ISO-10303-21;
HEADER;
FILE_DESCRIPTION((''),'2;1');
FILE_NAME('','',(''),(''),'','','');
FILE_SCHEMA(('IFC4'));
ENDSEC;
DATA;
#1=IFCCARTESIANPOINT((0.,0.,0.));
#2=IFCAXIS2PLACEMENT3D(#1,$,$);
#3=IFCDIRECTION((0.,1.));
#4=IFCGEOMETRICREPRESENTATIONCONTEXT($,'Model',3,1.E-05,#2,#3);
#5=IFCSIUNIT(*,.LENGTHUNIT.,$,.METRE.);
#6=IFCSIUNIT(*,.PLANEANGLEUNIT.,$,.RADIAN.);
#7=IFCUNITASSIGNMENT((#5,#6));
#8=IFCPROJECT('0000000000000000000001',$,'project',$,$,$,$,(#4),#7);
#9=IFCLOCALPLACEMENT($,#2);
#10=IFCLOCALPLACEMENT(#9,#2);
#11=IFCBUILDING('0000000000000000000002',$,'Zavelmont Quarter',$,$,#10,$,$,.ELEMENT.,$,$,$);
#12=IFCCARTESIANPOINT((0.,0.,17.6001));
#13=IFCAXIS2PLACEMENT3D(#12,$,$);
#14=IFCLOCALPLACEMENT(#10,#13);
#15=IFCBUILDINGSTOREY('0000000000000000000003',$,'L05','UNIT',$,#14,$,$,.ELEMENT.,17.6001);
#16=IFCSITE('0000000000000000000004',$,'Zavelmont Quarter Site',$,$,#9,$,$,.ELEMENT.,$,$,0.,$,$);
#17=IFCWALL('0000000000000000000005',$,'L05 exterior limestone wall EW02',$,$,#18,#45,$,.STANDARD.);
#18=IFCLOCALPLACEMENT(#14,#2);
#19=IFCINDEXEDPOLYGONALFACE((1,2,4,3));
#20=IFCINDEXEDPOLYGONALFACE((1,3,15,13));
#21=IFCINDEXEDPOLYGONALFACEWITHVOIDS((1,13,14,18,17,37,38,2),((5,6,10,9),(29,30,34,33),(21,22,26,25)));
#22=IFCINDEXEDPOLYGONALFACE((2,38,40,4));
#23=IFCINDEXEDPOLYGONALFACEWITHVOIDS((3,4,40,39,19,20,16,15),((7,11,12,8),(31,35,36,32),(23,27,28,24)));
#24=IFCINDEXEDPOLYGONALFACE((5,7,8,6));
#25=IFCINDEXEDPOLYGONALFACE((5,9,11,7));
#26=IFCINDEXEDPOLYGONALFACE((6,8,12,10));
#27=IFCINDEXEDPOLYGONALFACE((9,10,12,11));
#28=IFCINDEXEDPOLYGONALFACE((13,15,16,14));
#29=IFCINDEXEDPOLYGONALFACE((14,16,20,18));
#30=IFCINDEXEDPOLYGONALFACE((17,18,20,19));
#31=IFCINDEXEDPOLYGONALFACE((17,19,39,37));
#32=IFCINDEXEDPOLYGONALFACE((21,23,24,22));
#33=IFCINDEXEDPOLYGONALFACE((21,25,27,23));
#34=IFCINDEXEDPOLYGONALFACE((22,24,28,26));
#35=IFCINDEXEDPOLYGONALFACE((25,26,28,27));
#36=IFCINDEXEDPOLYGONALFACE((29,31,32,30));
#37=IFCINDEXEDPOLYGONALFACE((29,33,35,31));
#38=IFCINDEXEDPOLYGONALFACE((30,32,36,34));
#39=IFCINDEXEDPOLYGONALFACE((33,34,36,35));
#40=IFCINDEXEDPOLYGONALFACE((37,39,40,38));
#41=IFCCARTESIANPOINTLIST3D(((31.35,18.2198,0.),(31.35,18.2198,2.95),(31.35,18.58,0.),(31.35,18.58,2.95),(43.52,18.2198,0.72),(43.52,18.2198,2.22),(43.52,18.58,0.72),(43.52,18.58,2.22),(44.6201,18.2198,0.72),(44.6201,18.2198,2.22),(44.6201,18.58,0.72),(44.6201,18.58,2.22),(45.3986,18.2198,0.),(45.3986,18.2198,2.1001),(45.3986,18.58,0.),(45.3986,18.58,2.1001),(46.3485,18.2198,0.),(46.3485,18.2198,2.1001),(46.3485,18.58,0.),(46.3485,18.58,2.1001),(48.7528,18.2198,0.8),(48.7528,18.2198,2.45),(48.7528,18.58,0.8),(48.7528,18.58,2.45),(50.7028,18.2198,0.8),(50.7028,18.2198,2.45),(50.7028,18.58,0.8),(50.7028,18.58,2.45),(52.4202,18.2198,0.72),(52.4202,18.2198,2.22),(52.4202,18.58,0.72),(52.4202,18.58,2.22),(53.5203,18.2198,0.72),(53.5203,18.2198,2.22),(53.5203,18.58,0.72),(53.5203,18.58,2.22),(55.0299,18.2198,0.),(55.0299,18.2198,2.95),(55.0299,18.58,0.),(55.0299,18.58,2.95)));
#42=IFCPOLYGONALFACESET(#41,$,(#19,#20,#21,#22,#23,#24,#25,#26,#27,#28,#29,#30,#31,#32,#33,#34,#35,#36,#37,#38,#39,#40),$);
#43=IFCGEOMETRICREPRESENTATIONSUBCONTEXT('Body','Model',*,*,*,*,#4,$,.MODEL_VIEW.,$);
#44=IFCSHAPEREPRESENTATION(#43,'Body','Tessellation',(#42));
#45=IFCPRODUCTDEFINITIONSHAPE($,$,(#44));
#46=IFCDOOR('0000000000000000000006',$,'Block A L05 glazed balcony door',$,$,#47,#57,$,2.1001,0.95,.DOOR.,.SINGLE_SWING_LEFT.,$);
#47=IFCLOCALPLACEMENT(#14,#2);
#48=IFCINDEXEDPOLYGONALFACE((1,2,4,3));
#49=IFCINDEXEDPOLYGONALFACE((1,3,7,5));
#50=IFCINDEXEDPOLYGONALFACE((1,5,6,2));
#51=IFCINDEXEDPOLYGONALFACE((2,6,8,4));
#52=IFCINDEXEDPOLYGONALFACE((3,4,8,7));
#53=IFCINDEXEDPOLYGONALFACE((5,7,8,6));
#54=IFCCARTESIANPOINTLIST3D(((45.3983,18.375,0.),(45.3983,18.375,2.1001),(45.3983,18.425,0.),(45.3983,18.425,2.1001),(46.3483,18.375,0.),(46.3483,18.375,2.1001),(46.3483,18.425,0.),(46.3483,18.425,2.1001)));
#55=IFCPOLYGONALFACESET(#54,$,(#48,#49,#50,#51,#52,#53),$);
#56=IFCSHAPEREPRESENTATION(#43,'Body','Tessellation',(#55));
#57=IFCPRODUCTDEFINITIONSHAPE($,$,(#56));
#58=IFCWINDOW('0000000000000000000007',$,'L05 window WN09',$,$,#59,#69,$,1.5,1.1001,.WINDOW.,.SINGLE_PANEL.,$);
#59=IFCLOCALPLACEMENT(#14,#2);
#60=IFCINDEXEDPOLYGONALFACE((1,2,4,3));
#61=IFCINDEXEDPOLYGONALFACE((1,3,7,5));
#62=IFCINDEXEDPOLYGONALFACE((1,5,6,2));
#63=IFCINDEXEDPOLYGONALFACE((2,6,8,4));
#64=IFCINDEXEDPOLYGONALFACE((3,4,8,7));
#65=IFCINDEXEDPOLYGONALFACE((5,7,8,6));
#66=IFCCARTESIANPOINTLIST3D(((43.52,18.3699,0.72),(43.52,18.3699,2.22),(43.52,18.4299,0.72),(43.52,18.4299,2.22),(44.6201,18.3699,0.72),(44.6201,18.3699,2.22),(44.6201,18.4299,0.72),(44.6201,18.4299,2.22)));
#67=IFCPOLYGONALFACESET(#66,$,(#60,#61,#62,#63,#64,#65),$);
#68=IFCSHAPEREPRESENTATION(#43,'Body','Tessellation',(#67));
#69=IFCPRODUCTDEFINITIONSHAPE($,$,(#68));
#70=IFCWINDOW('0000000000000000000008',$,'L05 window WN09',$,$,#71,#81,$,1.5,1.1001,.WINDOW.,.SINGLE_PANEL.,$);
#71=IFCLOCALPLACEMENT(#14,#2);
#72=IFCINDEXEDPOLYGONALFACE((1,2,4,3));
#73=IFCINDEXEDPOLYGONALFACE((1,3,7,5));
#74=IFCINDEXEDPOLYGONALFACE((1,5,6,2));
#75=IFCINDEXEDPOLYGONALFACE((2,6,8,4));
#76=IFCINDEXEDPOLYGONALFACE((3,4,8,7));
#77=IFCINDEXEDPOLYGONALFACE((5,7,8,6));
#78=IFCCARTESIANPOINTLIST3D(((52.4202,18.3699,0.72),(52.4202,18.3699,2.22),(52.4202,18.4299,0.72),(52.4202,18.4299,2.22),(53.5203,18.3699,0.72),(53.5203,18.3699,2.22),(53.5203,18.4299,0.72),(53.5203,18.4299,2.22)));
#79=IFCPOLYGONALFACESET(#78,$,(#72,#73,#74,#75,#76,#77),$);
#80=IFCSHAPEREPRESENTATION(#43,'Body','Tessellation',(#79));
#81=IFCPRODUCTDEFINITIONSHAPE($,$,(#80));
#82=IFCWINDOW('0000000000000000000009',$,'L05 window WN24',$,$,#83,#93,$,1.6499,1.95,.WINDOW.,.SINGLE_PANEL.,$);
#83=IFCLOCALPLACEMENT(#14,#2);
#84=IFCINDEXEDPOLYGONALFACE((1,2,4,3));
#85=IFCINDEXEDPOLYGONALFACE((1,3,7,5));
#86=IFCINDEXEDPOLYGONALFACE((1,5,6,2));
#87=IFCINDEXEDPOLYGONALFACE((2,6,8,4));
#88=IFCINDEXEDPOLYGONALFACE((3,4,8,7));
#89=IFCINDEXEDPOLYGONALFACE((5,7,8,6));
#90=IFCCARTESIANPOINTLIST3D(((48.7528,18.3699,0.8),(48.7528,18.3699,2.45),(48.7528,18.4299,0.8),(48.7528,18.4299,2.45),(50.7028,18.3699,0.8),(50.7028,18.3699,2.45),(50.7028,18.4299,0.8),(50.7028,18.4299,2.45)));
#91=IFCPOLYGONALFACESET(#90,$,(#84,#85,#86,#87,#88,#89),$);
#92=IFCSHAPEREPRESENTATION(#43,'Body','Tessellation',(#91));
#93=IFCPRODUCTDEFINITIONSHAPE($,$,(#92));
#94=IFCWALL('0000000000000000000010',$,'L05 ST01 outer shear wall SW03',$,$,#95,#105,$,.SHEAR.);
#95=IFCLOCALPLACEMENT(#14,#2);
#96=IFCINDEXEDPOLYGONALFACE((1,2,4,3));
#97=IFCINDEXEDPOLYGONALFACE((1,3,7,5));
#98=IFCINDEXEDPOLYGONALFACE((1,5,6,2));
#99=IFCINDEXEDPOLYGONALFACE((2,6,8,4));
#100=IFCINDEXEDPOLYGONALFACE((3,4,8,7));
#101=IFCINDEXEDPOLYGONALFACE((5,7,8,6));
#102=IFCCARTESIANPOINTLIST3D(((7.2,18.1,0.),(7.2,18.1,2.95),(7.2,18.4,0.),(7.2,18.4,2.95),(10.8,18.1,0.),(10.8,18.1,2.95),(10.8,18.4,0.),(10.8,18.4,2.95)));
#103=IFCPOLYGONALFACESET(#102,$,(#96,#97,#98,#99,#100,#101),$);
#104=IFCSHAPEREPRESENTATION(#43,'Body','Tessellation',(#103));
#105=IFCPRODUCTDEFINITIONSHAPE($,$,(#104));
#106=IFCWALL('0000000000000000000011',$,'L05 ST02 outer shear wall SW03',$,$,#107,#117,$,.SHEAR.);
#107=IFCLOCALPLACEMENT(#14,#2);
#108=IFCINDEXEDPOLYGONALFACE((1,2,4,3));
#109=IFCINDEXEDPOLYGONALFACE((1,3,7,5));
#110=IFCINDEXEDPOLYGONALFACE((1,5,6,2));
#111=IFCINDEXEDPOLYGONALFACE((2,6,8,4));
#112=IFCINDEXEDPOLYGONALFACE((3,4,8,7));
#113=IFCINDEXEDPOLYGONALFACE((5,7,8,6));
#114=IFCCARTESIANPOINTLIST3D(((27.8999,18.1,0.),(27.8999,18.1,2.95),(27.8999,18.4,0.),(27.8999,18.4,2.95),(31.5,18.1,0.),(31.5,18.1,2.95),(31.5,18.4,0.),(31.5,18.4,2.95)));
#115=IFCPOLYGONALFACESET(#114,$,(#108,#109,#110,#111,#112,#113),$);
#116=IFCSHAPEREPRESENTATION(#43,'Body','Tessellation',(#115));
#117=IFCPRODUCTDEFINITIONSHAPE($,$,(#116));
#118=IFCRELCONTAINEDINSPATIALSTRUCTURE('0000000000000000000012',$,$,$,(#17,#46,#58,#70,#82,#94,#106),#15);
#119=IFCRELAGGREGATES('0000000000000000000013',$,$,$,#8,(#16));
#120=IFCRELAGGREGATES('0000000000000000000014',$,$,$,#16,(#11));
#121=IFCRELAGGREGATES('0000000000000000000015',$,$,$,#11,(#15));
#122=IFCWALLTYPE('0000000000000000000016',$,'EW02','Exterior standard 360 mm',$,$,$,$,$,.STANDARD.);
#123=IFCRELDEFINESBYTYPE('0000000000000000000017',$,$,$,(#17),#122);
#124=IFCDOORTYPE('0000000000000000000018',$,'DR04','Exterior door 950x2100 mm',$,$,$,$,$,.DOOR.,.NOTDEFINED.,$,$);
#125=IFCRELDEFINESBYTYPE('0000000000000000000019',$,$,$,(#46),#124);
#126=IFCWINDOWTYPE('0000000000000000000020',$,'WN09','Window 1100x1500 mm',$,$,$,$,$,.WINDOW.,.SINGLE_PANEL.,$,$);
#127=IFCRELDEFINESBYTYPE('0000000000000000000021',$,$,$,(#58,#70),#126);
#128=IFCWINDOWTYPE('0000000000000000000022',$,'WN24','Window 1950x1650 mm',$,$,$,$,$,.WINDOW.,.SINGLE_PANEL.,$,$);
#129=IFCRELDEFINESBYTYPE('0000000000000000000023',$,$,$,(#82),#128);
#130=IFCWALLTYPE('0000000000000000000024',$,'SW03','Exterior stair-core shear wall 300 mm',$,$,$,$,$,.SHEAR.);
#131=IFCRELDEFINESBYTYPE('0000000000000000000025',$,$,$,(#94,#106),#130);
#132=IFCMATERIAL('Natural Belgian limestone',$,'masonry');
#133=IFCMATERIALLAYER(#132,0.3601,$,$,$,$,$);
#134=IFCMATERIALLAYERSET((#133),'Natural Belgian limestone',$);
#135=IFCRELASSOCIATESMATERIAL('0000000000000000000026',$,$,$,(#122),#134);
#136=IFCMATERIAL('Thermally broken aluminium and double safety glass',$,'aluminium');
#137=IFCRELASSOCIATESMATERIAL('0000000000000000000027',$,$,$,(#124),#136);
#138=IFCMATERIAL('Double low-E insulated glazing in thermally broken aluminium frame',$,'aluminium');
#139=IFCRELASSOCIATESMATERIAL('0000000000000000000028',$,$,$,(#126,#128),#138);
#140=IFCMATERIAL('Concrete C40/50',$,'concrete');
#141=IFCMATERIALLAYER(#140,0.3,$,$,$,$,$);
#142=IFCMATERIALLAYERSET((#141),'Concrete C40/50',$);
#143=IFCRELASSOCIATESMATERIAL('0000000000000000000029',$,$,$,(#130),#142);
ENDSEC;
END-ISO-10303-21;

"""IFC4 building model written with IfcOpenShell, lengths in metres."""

from ifc_helpers import new_model, si_unit, direction, frame, frame_2d, origin, origin_with_axes, place, context, subcontext, project, spatial, rectangle, extrude, material, layer, layer_set, type_object, element, fill, save


model = new_model("IFC4")

# Units and contexts
model_context = context("Model", 3, precision=1e-05, world=origin(), true_north=direction((0.0, 1.0)))
body_context = subcontext(model_context, "Body", "Model", "MODEL_VIEW")
ifc_project = project(units=[si_unit("LENGTHUNIT", "METRE"), si_unit("PLANEANGLEUNIT", "RADIAN")], contexts=[model_context])

# Site, building, storey
site_placement = place(None, origin())
site = spatial("IfcSite", under=ifc_project, at=site_placement, Name="Zavelmont Quarter Site", CompositionType="ELEMENT", RefElevation=0.0)
building_placement = place(site_placement, origin())
building = spatial("IfcBuilding", under=site, at=building_placement, Name="Zavelmont Quarter", CompositionType="ELEMENT")
storey_placement = place(building_placement, frame((0.0, 0.0, 17.6001)))
storey = spatial("IfcBuildingStorey", under=building, at=storey_placement, Name="L05", Description="UNIT", CompositionType="ELEMENT", Elevation=17.6001)

# Shared definitions
ifc_material_1 = material(Name="Concrete C40/50", Category="concrete")

# Shared definitions
ifc_material_2 = material(Name="Natural Belgian limestone", Category="masonry")
ifc_layer_1 = layer(ifc_material_2, 0.3601)
ifc_layer_set_1 = layer_set([ifc_layer_1], Name="Natural Belgian limestone")
wall_type_1 = type_object("IfcWallType", Name="EW02", Description="Exterior standard 360 mm", PredefinedType="STANDARD", material=ifc_layer_set_1)
ifc_material_3 = material(Name="Double low-E insulated glazing in thermally broken aluminium frame", Category="aluminium")

# Shared definitions
ifc_material_4 = material(Name="Thermally broken aluminium and double safety glass", Category="aluminium")
door_type = type_object("IfcDoorType", Name="DR04", Description="Exterior door 950x2100 mm", OperationType="NOTDEFINED", PredefinedType="DOOR", material=ifc_material_4)
window_type_1 = type_object("IfcWindowType", Name="WN09", Description="Window 1100x1500 mm", PartitioningType="SINGLE_PANEL", PredefinedType="WINDOW", material=ifc_material_3)

# Wall, openings, door, windows
wall_1_placement = place(storey_placement, frame((31.3501, 18.3999, 0.0), z_axis=(0.0, 0.0, 1.0), x_axis=(1.0, 0.0, 0.0)))
wall_1 = element("IfcWall", 1, at=wall_1_placement, inside=storey, type_object=wall_type_1, Name="L05 exterior limestone wall EW02", PredefinedType="STANDARD", context=body_context, shape_type="SweptSolid", body=[
    extrude(rectangle(XDim=23.6799, YDim=0.3601, at=frame_2d((11.8398, 0.0))), origin(), (0.0, 0.0, 1.0), 2.95),
])
opening_1_placement = place(wall_1_placement, frame((14.0483, 0.0, 0.0)))
opening_1 = element("IfcOpeningElement", 2, at=opening_1_placement, cuts=wall_1, PredefinedType="OPENING", context=body_context, shape_type="SweptSolid", body=[
    extrude(rectangle(XDim=0.95, YDim=2.1001, at=frame_2d((0.4751, 1.05))), frame((0.0, 0.1919, 0.0), z_axis=(0.0, -1.0, 0.0), x_axis=(1.0, 0.0, 0.0)), (0.0, 0.0, 1.0), 0.384),
])
opening_2_placement = place(wall_1_placement, frame((12.1699, 0.0, 0.72)))
opening_2 = element("IfcOpeningElement", 3, at=opening_2_placement, cuts=wall_1, PredefinedType="OPENING", context=body_context, shape_type="SweptSolid", body=[
    extrude(rectangle(XDim=1.1001, YDim=1.5, at=frame_2d((0.55, 0.75))), frame((0.0, 0.1919, 0.0), z_axis=(0.0, -1.0, 0.0), x_axis=(1.0, 0.0, 0.0)), (0.0, 0.0, 1.0), 0.384),
])
opening_3_placement = place(wall_1_placement, frame((17.4026, 0.0, 0.8)))
opening_3 = element("IfcOpeningElement", 4, at=opening_3_placement, cuts=wall_1, PredefinedType="OPENING", context=body_context, shape_type="SweptSolid", body=[
    extrude(rectangle(XDim=1.95, YDim=1.6499, at=frame_2d((0.9751, 0.825))), frame((0.0, 0.1919, 0.0), z_axis=(0.0, -1.0, 0.0), x_axis=(1.0, 0.0, 0.0)), (0.0, 0.0, 1.0), 0.384),
])
opening_4_placement = place(wall_1_placement, frame((21.0701, 0.0, 0.72)))
opening_4 = element("IfcOpeningElement", 5, at=opening_4_placement, cuts=wall_1, PredefinedType="OPENING", context=body_context, shape_type="SweptSolid", body=[
    extrude(rectangle(XDim=1.1001, YDim=1.5, at=frame_2d((0.55, 0.75))), frame((0.0, 0.1919, 0.0), z_axis=(0.0, -1.0, 0.0), x_axis=(1.0, 0.0, 0.0)), (0.0, 0.0, 1.0), 0.384),
])
door_1_placement = place(opening_1_placement, frame((0.95, 0.0, 0.0), z_axis=(0.0, 0.0, 1.0), x_axis=(-1.0, 0.0, 0.0)))
door_1 = element("IfcDoor", 6, at=door_1_placement, inside=storey, type_object=door_type, Name="Block A L05 glazed balcony door", OperationType="SINGLE_SWING_LEFT", OverallHeight=2.1001, OverallWidth=0.95, PredefinedType="DOOR", context=body_context, shape_type="SweptSolid", body=[
    extrude(rectangle(XDim=0.95, YDim=2.1001, at=frame_2d((0.4751, 1.05))), frame((0.0, 0.0249, 0.0), z_axis=(0.0, -1.0, 0.0), x_axis=(1.0, 0.0, 0.0)), (0.0, 0.0, 1.0), 0.05),
])
fill(opening_1, door_1)
window_1_placement = place(opening_2_placement, origin_with_axes())
window_1 = element("IfcWindow", 7, at=window_1_placement, inside=storey, type_object=window_type_1, Name="L05 window WN09", OverallHeight=1.5, OverallWidth=1.1001, PartitioningType="SINGLE_PANEL", PredefinedType="WINDOW", context=body_context, shape_type="SweptSolid", body=[
    extrude(rectangle(XDim=1.1001, YDim=1.5, at=frame_2d((0.55, 0.75))), frame((0.0, 0.03, 0.0), z_axis=(0.0, -1.0, 0.0), x_axis=(1.0, 0.0, 0.0)), (0.0, 0.0, 1.0), 0.0601),
])
fill(opening_2, window_1)
window_2_placement = place(opening_4_placement, origin_with_axes())
window_2 = element("IfcWindow", 8, at=window_2_placement, inside=storey, type_object=window_type_1, Name="L05 window WN09", OverallHeight=1.5, OverallWidth=1.1001, PartitioningType="SINGLE_PANEL", PredefinedType="WINDOW", context=body_context, shape_type="SweptSolid", body=[
    extrude(rectangle(XDim=1.1001, YDim=1.5, at=frame_2d((0.55, 0.75))), frame((0.0, 0.03, 0.0), z_axis=(0.0, -1.0, 0.0), x_axis=(1.0, 0.0, 0.0)), (0.0, 0.0, 1.0), 0.0601),
])
fill(opening_4, window_2)
window_type_2 = type_object("IfcWindowType", Name="WN24", Description="Window 1950x1650 mm", PartitioningType="SINGLE_PANEL", PredefinedType="WINDOW", material=ifc_material_3)
window_3_placement = place(opening_3_placement, origin_with_axes())
window_3 = element("IfcWindow", 9, at=window_3_placement, inside=storey, type_object=window_type_2, Name="L05 window WN24", OverallHeight=1.6499, OverallWidth=1.95, PartitioningType="SINGLE_PANEL", PredefinedType="WINDOW", context=body_context, shape_type="SweptSolid", body=[
    extrude(rectangle(XDim=1.95, YDim=1.6499, at=frame_2d((0.9751, 0.825))), frame((0.0, 0.03, 0.0), z_axis=(0.0, -1.0, 0.0), x_axis=(1.0, 0.0, 0.0)), (0.0, 0.0, 1.0), 0.0601),
])
fill(opening_3, window_3)

# Walls
ifc_layer_2 = layer(ifc_material_1, 0.3)
ifc_layer_set_2 = layer_set([ifc_layer_2], Name="Concrete C40/50")
wall_type_2 = type_object("IfcWallType", Name="SW03", Description="Exterior stair-core shear wall 300 mm", PredefinedType="SHEAR", material=ifc_layer_set_2)
for number, where, z_axis, x_axis, name in (
    (10, (7.2, 18.25, 0.0), (0.0, 0.0, 1.0), (1.0, 0.0, 0.0), "L05 ST01 outer shear wall SW03"),
    (11, (27.8999, 18.25, 0.0), (0.0, 0.0, 1.0), (1.0, 0.0, 0.0), "L05 ST02 outer shear wall SW03"),
):
    element("IfcWall", number, at=place(storey_placement, frame(where, z_axis=z_axis, x_axis=x_axis)), inside=storey, type_object=wall_type_2, Name=name, PredefinedType="SHEAR", context=body_context, shape_type="SweptSolid", body=[
        extrude(rectangle(XDim=3.6001, YDim=0.3, at=frame_2d((1.8, 0.0))), origin(), (0.0, 0.0, 1.0), 2.95),
    ])

save(model, "model.ifc")
